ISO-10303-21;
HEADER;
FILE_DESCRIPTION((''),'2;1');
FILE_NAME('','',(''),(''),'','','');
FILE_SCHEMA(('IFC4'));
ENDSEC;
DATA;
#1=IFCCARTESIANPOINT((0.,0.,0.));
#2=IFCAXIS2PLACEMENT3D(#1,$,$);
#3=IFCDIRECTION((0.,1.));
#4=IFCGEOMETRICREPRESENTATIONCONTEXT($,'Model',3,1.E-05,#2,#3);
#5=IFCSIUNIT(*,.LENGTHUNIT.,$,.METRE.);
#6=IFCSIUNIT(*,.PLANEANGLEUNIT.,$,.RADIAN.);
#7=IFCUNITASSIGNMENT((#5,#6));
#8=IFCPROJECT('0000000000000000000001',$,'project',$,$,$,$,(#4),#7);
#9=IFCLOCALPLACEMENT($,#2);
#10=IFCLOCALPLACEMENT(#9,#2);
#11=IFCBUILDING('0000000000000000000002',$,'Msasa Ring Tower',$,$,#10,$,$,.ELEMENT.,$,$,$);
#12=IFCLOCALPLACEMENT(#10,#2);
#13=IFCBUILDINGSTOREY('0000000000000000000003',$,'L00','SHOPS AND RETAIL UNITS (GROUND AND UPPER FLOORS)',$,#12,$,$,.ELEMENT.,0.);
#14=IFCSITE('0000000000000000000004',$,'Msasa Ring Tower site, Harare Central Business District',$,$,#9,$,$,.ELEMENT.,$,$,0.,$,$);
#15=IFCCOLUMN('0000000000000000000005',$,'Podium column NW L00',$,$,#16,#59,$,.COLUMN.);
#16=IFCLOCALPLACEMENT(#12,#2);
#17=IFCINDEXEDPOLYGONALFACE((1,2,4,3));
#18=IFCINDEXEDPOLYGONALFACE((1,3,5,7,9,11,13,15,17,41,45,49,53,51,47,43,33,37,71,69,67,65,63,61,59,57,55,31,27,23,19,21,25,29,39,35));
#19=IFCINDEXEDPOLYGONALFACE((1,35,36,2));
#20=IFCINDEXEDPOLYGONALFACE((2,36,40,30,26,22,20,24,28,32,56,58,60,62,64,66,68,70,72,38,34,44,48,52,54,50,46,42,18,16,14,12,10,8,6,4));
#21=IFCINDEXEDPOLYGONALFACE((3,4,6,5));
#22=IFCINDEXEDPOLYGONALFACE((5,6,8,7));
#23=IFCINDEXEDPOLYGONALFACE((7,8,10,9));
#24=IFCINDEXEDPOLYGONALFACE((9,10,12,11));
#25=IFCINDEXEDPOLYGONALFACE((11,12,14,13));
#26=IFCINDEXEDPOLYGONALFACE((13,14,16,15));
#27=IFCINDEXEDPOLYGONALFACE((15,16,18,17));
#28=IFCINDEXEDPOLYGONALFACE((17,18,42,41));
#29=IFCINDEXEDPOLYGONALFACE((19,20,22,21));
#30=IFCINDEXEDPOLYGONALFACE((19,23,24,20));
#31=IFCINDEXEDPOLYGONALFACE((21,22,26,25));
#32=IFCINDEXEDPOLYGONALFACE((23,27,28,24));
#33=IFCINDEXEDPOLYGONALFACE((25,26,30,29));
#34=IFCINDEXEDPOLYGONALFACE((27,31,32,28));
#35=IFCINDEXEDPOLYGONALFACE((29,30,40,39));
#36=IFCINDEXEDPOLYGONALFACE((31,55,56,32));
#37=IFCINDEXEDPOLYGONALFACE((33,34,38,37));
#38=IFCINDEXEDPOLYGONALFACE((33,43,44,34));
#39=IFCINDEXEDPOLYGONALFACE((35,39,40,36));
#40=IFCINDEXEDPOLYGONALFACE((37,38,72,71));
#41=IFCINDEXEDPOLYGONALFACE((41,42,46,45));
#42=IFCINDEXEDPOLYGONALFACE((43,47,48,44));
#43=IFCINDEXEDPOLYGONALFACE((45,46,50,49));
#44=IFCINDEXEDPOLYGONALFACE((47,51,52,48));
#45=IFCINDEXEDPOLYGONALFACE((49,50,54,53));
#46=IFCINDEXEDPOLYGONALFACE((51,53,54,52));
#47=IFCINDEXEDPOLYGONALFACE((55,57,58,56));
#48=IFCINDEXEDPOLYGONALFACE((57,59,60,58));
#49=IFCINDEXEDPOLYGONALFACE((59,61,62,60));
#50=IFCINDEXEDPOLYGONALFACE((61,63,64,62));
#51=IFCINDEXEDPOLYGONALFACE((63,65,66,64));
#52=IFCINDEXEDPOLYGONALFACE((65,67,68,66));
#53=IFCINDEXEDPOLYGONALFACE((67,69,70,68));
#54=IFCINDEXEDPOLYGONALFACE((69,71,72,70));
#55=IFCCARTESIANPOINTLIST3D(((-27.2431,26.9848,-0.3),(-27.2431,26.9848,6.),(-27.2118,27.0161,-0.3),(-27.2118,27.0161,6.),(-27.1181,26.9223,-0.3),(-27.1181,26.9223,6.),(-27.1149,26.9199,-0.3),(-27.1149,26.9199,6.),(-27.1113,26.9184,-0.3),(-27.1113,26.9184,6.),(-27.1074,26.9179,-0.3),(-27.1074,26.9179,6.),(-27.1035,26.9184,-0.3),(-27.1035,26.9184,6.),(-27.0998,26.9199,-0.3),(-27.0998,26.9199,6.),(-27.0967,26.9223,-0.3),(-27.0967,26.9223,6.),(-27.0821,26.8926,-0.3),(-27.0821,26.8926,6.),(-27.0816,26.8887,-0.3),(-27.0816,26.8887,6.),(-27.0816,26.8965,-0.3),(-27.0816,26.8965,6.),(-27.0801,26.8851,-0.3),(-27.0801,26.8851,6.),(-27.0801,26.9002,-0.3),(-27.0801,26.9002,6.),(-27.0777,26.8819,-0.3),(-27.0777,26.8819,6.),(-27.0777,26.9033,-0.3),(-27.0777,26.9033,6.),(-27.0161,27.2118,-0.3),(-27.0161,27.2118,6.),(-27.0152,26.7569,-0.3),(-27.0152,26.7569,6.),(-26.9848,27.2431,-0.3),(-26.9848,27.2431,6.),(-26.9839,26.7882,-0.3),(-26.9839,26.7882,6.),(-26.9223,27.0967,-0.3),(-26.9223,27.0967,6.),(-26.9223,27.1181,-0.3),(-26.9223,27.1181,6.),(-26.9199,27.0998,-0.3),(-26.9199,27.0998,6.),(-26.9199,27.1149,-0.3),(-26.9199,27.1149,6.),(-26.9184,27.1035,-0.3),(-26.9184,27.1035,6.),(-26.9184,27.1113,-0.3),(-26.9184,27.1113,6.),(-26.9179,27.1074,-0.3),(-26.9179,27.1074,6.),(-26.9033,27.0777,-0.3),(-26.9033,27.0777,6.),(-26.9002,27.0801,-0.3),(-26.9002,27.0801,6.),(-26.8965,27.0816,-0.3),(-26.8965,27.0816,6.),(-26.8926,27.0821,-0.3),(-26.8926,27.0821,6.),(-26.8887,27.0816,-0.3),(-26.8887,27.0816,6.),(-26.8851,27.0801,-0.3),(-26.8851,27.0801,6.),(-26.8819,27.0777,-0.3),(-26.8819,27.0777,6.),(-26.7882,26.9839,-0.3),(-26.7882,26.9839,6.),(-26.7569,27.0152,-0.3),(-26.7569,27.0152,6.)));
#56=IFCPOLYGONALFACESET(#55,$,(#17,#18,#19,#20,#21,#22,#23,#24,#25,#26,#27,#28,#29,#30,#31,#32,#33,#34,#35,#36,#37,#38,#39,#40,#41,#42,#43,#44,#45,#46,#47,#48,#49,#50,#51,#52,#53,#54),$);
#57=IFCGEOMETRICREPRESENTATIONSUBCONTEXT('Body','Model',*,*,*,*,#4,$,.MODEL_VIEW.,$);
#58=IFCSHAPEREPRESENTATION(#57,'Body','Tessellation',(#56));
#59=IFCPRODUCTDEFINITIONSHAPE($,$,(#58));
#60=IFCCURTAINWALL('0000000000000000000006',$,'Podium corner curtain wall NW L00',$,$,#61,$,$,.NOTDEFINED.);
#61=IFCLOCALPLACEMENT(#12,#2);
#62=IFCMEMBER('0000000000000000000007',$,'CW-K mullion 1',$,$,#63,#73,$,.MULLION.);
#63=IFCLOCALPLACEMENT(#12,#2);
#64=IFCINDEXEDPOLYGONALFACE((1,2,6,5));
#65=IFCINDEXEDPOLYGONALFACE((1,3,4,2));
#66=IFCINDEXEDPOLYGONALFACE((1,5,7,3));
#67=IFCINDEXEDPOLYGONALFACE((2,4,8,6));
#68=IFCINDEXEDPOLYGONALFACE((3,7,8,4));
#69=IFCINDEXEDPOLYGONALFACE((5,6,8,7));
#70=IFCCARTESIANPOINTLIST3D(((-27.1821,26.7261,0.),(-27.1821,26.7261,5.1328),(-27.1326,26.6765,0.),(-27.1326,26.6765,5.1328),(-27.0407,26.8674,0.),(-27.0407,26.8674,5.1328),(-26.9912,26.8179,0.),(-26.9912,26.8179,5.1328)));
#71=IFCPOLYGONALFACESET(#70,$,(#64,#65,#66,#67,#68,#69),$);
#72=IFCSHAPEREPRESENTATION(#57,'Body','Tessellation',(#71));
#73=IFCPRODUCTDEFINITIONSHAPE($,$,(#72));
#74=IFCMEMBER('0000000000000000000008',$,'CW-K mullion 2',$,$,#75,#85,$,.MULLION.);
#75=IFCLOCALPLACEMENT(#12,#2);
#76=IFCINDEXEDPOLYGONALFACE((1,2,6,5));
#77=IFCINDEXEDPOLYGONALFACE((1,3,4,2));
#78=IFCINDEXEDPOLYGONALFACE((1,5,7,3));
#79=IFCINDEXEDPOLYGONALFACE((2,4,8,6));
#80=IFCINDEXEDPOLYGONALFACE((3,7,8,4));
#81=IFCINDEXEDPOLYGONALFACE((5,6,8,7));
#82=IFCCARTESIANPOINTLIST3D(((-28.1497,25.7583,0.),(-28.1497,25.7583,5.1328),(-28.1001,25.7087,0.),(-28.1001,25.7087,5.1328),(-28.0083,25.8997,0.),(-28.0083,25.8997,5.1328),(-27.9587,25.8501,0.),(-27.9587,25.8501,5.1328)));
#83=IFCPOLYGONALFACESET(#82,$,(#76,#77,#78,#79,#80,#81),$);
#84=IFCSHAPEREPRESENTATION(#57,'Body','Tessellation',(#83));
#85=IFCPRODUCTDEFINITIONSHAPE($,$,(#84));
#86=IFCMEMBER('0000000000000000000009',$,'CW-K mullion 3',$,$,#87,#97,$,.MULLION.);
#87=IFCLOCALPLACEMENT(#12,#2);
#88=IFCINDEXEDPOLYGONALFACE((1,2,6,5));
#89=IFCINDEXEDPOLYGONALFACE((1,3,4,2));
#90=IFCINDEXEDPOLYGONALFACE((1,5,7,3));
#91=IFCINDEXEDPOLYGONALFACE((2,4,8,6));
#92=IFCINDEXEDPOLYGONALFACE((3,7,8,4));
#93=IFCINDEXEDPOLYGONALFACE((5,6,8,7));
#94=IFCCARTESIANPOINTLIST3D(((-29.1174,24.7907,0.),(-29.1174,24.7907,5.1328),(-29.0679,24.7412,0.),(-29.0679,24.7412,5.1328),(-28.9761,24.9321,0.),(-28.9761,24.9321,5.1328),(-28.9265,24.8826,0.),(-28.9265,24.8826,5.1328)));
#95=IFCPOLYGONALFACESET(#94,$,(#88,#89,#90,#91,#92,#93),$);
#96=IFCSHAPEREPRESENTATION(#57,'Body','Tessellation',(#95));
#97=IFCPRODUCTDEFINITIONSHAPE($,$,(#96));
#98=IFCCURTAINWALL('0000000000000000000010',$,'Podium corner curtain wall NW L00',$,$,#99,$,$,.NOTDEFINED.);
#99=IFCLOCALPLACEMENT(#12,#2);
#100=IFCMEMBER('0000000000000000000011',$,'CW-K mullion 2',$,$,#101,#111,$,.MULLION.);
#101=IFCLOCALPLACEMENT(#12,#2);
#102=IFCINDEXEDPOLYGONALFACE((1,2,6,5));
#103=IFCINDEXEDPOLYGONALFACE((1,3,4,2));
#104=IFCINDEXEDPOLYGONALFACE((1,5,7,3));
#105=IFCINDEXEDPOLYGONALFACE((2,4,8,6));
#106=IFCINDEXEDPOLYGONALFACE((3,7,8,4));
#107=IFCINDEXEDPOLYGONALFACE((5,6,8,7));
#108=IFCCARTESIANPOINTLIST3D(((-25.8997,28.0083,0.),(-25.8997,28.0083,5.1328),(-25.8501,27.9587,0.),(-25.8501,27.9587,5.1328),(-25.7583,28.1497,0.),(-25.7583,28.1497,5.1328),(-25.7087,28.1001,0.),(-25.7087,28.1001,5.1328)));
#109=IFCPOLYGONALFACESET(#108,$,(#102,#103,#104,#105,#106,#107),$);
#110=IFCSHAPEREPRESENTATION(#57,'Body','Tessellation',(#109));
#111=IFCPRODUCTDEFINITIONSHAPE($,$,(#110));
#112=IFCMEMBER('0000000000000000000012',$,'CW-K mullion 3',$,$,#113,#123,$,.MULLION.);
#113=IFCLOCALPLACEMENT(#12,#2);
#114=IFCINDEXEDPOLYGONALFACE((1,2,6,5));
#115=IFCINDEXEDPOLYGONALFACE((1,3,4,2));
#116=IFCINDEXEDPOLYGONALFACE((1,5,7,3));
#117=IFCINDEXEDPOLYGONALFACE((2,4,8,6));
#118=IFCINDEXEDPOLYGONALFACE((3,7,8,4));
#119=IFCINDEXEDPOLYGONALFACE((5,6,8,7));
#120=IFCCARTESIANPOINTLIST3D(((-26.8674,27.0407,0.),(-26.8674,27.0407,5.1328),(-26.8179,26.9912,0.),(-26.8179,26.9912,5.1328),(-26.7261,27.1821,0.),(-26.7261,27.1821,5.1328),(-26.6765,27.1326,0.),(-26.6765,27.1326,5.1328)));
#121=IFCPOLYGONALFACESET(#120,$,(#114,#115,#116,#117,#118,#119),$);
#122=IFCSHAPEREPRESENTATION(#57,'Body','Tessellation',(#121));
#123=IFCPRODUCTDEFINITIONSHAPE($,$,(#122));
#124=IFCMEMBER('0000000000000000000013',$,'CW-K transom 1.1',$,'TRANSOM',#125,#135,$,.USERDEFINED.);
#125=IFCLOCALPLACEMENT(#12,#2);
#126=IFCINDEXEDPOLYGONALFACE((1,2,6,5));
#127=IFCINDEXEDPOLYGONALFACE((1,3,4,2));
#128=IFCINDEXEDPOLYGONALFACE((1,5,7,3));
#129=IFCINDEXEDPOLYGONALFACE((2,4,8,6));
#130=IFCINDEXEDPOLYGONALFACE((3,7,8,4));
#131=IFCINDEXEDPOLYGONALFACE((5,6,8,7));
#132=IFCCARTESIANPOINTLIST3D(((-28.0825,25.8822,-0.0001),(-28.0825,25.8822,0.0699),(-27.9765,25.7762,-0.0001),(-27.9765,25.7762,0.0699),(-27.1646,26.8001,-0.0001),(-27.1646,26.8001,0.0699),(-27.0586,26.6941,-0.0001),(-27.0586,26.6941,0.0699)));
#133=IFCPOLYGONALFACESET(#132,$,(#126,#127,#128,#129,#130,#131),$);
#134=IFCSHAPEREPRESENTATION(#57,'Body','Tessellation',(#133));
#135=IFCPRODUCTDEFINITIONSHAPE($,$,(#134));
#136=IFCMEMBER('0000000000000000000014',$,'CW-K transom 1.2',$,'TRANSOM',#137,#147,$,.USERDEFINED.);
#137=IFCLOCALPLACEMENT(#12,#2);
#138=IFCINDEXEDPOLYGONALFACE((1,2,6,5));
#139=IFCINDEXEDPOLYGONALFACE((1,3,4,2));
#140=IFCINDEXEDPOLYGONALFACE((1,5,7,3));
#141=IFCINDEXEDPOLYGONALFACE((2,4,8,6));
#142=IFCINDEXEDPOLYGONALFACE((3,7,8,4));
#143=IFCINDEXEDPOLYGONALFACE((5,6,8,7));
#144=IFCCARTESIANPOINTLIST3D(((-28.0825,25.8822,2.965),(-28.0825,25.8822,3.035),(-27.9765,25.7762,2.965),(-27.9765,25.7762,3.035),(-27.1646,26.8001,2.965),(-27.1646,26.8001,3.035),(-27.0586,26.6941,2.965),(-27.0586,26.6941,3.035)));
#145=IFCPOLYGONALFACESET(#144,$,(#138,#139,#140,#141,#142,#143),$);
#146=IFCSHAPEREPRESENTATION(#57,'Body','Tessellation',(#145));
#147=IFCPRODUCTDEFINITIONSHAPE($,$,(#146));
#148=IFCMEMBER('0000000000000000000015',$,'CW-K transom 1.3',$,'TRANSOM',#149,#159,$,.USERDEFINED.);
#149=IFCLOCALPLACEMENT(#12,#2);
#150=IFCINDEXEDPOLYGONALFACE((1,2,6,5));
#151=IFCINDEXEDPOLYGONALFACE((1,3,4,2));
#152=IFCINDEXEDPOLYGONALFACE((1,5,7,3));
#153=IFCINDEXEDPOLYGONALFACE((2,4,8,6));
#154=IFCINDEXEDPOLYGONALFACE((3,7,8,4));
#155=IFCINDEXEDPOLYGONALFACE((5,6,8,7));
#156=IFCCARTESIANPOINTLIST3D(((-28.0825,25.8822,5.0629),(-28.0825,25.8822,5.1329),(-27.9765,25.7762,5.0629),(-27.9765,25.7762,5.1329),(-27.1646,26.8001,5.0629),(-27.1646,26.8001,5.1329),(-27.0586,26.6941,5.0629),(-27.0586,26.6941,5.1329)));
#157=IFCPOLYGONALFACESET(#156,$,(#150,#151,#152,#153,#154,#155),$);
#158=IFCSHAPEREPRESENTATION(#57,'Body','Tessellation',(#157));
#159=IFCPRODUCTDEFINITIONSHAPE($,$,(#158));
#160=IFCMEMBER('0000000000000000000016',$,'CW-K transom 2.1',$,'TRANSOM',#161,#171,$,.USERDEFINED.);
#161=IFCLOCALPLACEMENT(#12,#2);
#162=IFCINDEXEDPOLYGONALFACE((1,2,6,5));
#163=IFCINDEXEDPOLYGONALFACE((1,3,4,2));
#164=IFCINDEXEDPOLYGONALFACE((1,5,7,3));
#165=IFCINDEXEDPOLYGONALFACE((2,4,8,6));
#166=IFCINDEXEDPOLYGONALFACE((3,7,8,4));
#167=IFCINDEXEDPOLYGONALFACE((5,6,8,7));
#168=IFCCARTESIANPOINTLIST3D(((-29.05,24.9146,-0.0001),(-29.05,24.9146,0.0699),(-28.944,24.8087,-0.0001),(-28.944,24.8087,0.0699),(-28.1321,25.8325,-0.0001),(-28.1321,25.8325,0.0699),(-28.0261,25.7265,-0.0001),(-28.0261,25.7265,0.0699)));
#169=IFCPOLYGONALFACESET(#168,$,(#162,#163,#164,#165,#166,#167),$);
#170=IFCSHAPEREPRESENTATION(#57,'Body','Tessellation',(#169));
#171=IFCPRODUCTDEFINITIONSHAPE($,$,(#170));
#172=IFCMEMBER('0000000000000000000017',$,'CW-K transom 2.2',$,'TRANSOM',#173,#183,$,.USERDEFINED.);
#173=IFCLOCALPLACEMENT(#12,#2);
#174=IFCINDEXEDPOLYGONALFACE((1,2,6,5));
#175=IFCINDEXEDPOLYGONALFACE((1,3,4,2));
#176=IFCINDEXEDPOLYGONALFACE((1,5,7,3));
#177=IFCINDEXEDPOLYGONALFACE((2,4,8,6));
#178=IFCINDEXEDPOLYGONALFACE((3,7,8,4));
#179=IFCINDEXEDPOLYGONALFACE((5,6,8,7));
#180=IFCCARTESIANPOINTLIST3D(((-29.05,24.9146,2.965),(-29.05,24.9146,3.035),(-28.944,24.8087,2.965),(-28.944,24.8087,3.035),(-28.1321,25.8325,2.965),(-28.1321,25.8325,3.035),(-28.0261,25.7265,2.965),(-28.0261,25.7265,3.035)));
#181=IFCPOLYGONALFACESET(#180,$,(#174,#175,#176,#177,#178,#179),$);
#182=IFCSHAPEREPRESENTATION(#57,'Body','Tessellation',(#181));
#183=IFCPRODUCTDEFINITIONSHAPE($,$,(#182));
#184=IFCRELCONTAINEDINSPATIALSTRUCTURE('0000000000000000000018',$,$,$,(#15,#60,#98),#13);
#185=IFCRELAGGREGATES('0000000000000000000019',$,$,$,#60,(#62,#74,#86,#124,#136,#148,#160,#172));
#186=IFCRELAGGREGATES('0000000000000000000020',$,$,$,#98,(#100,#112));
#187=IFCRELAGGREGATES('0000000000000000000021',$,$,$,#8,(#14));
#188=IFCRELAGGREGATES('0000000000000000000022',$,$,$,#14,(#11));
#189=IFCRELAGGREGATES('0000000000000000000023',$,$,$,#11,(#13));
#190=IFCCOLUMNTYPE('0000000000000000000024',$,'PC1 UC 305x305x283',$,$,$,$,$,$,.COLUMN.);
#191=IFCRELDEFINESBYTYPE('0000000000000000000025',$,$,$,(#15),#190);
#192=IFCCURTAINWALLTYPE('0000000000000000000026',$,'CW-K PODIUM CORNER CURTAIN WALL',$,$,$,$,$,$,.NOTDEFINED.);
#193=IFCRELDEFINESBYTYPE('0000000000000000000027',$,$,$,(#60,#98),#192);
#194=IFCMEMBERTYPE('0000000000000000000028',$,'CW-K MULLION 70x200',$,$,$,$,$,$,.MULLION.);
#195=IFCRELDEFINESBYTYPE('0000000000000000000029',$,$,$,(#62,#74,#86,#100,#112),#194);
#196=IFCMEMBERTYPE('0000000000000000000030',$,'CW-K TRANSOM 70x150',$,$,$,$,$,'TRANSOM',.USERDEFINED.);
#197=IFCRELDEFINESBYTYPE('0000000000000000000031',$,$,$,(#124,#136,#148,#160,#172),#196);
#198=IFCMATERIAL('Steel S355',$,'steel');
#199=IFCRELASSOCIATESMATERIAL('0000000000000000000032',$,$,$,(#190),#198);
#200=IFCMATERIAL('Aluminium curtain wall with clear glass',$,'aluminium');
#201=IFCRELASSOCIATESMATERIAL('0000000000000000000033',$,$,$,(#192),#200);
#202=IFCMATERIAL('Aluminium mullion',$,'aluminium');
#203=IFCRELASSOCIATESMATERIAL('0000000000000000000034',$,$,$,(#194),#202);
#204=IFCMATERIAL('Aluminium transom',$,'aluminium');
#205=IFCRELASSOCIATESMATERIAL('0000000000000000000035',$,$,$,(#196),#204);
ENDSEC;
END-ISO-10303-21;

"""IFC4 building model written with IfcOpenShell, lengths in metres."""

from ifc_helpers import new_model, si_unit, direction, frame, origin, origin_2d, place, context, subcontext, project, spatial, rectangle, i_section, extrude, material, material_profile, profile_set, type_object, element, aggregate, save


model = new_model("IFC4")

# Units and contexts
model_context = context("Model", 3, precision=1e-05, world=origin(), true_north=direction((0.0, 1.0)))
body_context = subcontext(model_context, "Body", "Model", "MODEL_VIEW")
ifc_project = project(units=[si_unit("LENGTHUNIT", "METRE"), si_unit("PLANEANGLEUNIT", "RADIAN")], contexts=[model_context])

# Site, building, storey
site_placement = place(None, origin())
site = spatial("IfcSite", under=ifc_project, at=site_placement, Name="Msasa Ring Tower site, Harare Central Business District", CompositionType="ELEMENT", RefElevation=0.0)
building_placement = place(site_placement, origin())
building = spatial("IfcBuilding", under=site, at=building_placement, Name="Msasa Ring Tower", CompositionType="ELEMENT")
storey_placement = place(building_placement, origin())
storey = spatial("IfcBuildingStorey", under=building, at=storey_placement, Name="L00", Description="SHOPS AND RETAIL UNITS (GROUND AND UPPER FLOORS)", CompositionType="ELEMENT", Elevation=0.0)

# Column
ifc_material_1 = material(Name="Steel S355", Category="steel")
ifc_material_profile_1 = material_profile(ifc_material_1, i_section(OverallWidth=0.3223, OverallDepth=0.3652, WebThickness=0.0269, FlangeThickness=0.0442, FilletRadius=0.0151, at=origin_2d()), Name="UC 305x305x283")
ifc_profile_set_1 = profile_set([ifc_material_profile_1], Name="Steel S355")
column_type = type_object("IfcColumnType", Name="PC1 UC 305x305x283", PredefinedType="COLUMN", material=ifc_profile_set_1)
for number, where, z_axis, x_axis, name in (
    (1, (-27.0, 27.0, -0.3), (0.0, 0.0, 1.0), (0.707107, -0.707107, 0.0), "Podium column NW L00"),
):
    element("IfcColumn", number, at=place(storey_placement, frame(where, z_axis=z_axis, x_axis=x_axis)), inside=storey, type_object=column_type, Name=name, PredefinedType="COLUMN", context=body_context, shape_type="SweptSolid", body=[
        extrude(i_section(OverallWidth=0.3223, OverallDepth=0.3652, WebThickness=0.0269, FlangeThickness=0.0442, FilletRadius=0.0151, at=origin_2d()), origin(), (0.0, 0.0, 1.0), 6.3),
    ])

# Curtain walls, members
ifc_material_2 = material(Name="Aluminium curtain wall with clear glass", Category="aluminium")
curtain_wall_type = type_object("IfcCurtainWallType", Name="CW-K PODIUM CORNER CURTAIN WALL", PredefinedType="NOTDEFINED", material=ifc_material_2)
curtain_wall_1_placement = place(storey_placement, origin())
curtain_wall_1 = element("IfcCurtainWall", 2, at=curtain_wall_1_placement, inside=storey, type_object=curtain_wall_type, Name="Podium corner curtain wall NW L00", PredefinedType="NOTDEFINED")
ifc_material_3 = material(Name="Aluminium mullion", Category="aluminium")
ifc_material_profile_2 = material_profile(ifc_material_3, rectangle(XDim=0.0701, YDim=0.2, at=origin_2d()), Name="AL 70x200")
ifc_profile_set_2 = profile_set([ifc_material_profile_2], Name="Aluminium mullion")
member_type_1 = type_object("IfcMemberType", Name="CW-K MULLION 70x200", PredefinedType="MULLION", material=ifc_profile_set_2)
member_1_placement = place(storey_placement, frame((-27.0867, 26.772, 0.0), z_axis=(0.0, 0.0, 1.0), x_axis=(0.707107, -0.707107, 0.0)))
member_1 = element("IfcMember", 3, at=member_1_placement, type_object=member_type_1, Name="CW-K mullion 1", PredefinedType="MULLION", context=body_context, shape_type="SweptSolid", body=[
    extrude(rectangle(XDim=0.0701, YDim=0.2, at=origin_2d()), origin(), (0.0, 0.0, 1.0), 5.1328),
])
member_2_placement = place(storey_placement, frame((-28.0542, 25.8042, 0.0), z_axis=(0.0, 0.0, 1.0), x_axis=(0.707107, -0.707107, 0.0)))
member_2 = element("IfcMember", 4, at=member_2_placement, type_object=member_type_1, Name="CW-K mullion 2", PredefinedType="MULLION", context=body_context, shape_type="SweptSolid", body=[
    extrude(rectangle(XDim=0.0701, YDim=0.2, at=origin_2d()), origin(), (0.0, 0.0, 1.0), 5.1328),
])
member_3_placement = place(storey_placement, frame((-29.022, 24.8367, 0.0), z_axis=(0.0, 0.0, 1.0), x_axis=(0.707107, -0.707107, 0.0)))
member_3 = element("IfcMember", 5, at=member_3_placement, type_object=member_type_1, Name="CW-K mullion 3", PredefinedType="MULLION", context=body_context, shape_type="SweptSolid", body=[
    extrude(rectangle(XDim=0.0701, YDim=0.2, at=origin_2d()), origin(), (0.0, 0.0, 1.0), 5.1328),
])
curtain_wall_2_placement = place(storey_placement, origin())
curtain_wall_2 = element("IfcCurtainWall", 6, at=curtain_wall_2_placement, inside=storey, type_object=curtain_wall_type, Name="Podium corner curtain wall NW L00", PredefinedType="NOTDEFINED")
member_4_placement = place(storey_placement, frame((-25.8042, 28.0542, 0.0), z_axis=(0.0, 0.0, 1.0), x_axis=(0.707107, -0.707107, 0.0)))
member_4 = element("IfcMember", 7, at=member_4_placement, type_object=member_type_1, Name="CW-K mullion 2", PredefinedType="MULLION", context=body_context, shape_type="SweptSolid", body=[
    extrude(rectangle(XDim=0.0701, YDim=0.2, at=origin_2d()), origin(), (0.0, 0.0, 1.0), 5.1328),
])
member_5_placement = place(storey_placement, frame((-26.772, 27.0867, 0.0), z_axis=(0.0, 0.0, 1.0), x_axis=(0.707107, -0.707107, 0.0)))
member_5 = element("IfcMember", 8, at=member_5_placement, type_object=member_type_1, Name="CW-K mullion 3", PredefinedType="MULLION", context=body_context, shape_type="SweptSolid", body=[
    extrude(rectangle(XDim=0.0701, YDim=0.2, at=origin_2d()), origin(), (0.0, 0.0, 1.0), 5.1328),
])

# Members
ifc_material_4 = material(Name="Aluminium transom", Category="aluminium")
ifc_material_profile_3 = material_profile(ifc_material_4, rectangle(XDim=0.1499, YDim=0.0701, at=origin_2d()), Name="AL 70x150")
ifc_profile_set_3 = profile_set([ifc_material_profile_3], Name="Aluminium transom")
member_type_2 = type_object("IfcMemberType", Name="CW-K TRANSOM 70x150", ElementType="TRANSOM", PredefinedType="USERDEFINED", material=ifc_profile_set_3)
member_6_placement = place(storey_placement, frame((-27.1116, 26.7471, 0.0349), z_axis=(-0.707107, -0.707107, 0.0), x_axis=(0.707107, -0.707107, 0.0)))
member_6 = element("IfcMember", 9, at=member_6_placement, type_object=member_type_2, Name="CW-K transom 1.1", ObjectType="TRANSOM", PredefinedType="USERDEFINED", context=body_context, shape_type="SweptSolid", body=[
    extrude(rectangle(XDim=0.1499, YDim=0.0701, at=origin_2d()), origin(), (0.0, 0.0, 1.0), 1.2981),
])
member_7_placement = place(storey_placement, frame((-27.1116, 26.7471, 3.0), z_axis=(-0.707107, -0.707107, 0.0), x_axis=(0.707107, -0.707107, 0.0)))
member_7 = element("IfcMember", 10, at=member_7_placement, type_object=member_type_2, Name="CW-K transom 1.2", ObjectType="TRANSOM", PredefinedType="USERDEFINED", context=body_context, shape_type="SweptSolid", body=[
    extrude(rectangle(XDim=0.1499, YDim=0.0701, at=origin_2d()), origin(), (0.0, 0.0, 1.0), 1.2981),
])
member_8_placement = place(storey_placement, frame((-27.1116, 26.7471, 5.0979), z_axis=(-0.707107, -0.707107, 0.0), x_axis=(0.707107, -0.707107, 0.0)))
member_8 = element("IfcMember", 11, at=member_8_placement, type_object=member_type_2, Name="CW-K transom 1.3", ObjectType="TRANSOM", PredefinedType="USERDEFINED", context=body_context, shape_type="SweptSolid", body=[
    extrude(rectangle(XDim=0.1499, YDim=0.0701, at=origin_2d()), origin(), (0.0, 0.0, 1.0), 1.2981),
])
member_9_placement = place(storey_placement, frame((-28.0791, 25.7795, 0.0349), z_axis=(-0.707107, -0.707107, 0.0), x_axis=(0.707107, -0.707107, 0.0)))
member_9 = element("IfcMember", 12, at=member_9_placement, type_object=member_type_2, Name="CW-K transom 2.1", ObjectType="TRANSOM", PredefinedType="USERDEFINED", context=body_context, shape_type="SweptSolid", body=[
    extrude(rectangle(XDim=0.1499, YDim=0.0701, at=origin_2d()), origin(), (0.0, 0.0, 1.0), 1.2981),
])
member_10_placement = place(storey_placement, frame((-28.0791, 25.7795, 3.0), z_axis=(-0.707107, -0.707107, 0.0), x_axis=(0.707107, -0.707107, 0.0)))
member_10 = element("IfcMember", 13, at=member_10_placement, type_object=member_type_2, Name="CW-K transom 2.2", ObjectType="TRANSOM", PredefinedType="USERDEFINED", context=body_context, shape_type="SweptSolid", body=[
    extrude(rectangle(XDim=0.1499, YDim=0.0701, at=origin_2d()), origin(), (0.0, 0.0, 1.0), 1.2981),
])

aggregate(curtain_wall_1, [member_1, member_2, member_3, member_6, member_7, member_8, member_9, member_10])
aggregate(curtain_wall_2, [member_4, member_5])

save(model, "model.ifc")
